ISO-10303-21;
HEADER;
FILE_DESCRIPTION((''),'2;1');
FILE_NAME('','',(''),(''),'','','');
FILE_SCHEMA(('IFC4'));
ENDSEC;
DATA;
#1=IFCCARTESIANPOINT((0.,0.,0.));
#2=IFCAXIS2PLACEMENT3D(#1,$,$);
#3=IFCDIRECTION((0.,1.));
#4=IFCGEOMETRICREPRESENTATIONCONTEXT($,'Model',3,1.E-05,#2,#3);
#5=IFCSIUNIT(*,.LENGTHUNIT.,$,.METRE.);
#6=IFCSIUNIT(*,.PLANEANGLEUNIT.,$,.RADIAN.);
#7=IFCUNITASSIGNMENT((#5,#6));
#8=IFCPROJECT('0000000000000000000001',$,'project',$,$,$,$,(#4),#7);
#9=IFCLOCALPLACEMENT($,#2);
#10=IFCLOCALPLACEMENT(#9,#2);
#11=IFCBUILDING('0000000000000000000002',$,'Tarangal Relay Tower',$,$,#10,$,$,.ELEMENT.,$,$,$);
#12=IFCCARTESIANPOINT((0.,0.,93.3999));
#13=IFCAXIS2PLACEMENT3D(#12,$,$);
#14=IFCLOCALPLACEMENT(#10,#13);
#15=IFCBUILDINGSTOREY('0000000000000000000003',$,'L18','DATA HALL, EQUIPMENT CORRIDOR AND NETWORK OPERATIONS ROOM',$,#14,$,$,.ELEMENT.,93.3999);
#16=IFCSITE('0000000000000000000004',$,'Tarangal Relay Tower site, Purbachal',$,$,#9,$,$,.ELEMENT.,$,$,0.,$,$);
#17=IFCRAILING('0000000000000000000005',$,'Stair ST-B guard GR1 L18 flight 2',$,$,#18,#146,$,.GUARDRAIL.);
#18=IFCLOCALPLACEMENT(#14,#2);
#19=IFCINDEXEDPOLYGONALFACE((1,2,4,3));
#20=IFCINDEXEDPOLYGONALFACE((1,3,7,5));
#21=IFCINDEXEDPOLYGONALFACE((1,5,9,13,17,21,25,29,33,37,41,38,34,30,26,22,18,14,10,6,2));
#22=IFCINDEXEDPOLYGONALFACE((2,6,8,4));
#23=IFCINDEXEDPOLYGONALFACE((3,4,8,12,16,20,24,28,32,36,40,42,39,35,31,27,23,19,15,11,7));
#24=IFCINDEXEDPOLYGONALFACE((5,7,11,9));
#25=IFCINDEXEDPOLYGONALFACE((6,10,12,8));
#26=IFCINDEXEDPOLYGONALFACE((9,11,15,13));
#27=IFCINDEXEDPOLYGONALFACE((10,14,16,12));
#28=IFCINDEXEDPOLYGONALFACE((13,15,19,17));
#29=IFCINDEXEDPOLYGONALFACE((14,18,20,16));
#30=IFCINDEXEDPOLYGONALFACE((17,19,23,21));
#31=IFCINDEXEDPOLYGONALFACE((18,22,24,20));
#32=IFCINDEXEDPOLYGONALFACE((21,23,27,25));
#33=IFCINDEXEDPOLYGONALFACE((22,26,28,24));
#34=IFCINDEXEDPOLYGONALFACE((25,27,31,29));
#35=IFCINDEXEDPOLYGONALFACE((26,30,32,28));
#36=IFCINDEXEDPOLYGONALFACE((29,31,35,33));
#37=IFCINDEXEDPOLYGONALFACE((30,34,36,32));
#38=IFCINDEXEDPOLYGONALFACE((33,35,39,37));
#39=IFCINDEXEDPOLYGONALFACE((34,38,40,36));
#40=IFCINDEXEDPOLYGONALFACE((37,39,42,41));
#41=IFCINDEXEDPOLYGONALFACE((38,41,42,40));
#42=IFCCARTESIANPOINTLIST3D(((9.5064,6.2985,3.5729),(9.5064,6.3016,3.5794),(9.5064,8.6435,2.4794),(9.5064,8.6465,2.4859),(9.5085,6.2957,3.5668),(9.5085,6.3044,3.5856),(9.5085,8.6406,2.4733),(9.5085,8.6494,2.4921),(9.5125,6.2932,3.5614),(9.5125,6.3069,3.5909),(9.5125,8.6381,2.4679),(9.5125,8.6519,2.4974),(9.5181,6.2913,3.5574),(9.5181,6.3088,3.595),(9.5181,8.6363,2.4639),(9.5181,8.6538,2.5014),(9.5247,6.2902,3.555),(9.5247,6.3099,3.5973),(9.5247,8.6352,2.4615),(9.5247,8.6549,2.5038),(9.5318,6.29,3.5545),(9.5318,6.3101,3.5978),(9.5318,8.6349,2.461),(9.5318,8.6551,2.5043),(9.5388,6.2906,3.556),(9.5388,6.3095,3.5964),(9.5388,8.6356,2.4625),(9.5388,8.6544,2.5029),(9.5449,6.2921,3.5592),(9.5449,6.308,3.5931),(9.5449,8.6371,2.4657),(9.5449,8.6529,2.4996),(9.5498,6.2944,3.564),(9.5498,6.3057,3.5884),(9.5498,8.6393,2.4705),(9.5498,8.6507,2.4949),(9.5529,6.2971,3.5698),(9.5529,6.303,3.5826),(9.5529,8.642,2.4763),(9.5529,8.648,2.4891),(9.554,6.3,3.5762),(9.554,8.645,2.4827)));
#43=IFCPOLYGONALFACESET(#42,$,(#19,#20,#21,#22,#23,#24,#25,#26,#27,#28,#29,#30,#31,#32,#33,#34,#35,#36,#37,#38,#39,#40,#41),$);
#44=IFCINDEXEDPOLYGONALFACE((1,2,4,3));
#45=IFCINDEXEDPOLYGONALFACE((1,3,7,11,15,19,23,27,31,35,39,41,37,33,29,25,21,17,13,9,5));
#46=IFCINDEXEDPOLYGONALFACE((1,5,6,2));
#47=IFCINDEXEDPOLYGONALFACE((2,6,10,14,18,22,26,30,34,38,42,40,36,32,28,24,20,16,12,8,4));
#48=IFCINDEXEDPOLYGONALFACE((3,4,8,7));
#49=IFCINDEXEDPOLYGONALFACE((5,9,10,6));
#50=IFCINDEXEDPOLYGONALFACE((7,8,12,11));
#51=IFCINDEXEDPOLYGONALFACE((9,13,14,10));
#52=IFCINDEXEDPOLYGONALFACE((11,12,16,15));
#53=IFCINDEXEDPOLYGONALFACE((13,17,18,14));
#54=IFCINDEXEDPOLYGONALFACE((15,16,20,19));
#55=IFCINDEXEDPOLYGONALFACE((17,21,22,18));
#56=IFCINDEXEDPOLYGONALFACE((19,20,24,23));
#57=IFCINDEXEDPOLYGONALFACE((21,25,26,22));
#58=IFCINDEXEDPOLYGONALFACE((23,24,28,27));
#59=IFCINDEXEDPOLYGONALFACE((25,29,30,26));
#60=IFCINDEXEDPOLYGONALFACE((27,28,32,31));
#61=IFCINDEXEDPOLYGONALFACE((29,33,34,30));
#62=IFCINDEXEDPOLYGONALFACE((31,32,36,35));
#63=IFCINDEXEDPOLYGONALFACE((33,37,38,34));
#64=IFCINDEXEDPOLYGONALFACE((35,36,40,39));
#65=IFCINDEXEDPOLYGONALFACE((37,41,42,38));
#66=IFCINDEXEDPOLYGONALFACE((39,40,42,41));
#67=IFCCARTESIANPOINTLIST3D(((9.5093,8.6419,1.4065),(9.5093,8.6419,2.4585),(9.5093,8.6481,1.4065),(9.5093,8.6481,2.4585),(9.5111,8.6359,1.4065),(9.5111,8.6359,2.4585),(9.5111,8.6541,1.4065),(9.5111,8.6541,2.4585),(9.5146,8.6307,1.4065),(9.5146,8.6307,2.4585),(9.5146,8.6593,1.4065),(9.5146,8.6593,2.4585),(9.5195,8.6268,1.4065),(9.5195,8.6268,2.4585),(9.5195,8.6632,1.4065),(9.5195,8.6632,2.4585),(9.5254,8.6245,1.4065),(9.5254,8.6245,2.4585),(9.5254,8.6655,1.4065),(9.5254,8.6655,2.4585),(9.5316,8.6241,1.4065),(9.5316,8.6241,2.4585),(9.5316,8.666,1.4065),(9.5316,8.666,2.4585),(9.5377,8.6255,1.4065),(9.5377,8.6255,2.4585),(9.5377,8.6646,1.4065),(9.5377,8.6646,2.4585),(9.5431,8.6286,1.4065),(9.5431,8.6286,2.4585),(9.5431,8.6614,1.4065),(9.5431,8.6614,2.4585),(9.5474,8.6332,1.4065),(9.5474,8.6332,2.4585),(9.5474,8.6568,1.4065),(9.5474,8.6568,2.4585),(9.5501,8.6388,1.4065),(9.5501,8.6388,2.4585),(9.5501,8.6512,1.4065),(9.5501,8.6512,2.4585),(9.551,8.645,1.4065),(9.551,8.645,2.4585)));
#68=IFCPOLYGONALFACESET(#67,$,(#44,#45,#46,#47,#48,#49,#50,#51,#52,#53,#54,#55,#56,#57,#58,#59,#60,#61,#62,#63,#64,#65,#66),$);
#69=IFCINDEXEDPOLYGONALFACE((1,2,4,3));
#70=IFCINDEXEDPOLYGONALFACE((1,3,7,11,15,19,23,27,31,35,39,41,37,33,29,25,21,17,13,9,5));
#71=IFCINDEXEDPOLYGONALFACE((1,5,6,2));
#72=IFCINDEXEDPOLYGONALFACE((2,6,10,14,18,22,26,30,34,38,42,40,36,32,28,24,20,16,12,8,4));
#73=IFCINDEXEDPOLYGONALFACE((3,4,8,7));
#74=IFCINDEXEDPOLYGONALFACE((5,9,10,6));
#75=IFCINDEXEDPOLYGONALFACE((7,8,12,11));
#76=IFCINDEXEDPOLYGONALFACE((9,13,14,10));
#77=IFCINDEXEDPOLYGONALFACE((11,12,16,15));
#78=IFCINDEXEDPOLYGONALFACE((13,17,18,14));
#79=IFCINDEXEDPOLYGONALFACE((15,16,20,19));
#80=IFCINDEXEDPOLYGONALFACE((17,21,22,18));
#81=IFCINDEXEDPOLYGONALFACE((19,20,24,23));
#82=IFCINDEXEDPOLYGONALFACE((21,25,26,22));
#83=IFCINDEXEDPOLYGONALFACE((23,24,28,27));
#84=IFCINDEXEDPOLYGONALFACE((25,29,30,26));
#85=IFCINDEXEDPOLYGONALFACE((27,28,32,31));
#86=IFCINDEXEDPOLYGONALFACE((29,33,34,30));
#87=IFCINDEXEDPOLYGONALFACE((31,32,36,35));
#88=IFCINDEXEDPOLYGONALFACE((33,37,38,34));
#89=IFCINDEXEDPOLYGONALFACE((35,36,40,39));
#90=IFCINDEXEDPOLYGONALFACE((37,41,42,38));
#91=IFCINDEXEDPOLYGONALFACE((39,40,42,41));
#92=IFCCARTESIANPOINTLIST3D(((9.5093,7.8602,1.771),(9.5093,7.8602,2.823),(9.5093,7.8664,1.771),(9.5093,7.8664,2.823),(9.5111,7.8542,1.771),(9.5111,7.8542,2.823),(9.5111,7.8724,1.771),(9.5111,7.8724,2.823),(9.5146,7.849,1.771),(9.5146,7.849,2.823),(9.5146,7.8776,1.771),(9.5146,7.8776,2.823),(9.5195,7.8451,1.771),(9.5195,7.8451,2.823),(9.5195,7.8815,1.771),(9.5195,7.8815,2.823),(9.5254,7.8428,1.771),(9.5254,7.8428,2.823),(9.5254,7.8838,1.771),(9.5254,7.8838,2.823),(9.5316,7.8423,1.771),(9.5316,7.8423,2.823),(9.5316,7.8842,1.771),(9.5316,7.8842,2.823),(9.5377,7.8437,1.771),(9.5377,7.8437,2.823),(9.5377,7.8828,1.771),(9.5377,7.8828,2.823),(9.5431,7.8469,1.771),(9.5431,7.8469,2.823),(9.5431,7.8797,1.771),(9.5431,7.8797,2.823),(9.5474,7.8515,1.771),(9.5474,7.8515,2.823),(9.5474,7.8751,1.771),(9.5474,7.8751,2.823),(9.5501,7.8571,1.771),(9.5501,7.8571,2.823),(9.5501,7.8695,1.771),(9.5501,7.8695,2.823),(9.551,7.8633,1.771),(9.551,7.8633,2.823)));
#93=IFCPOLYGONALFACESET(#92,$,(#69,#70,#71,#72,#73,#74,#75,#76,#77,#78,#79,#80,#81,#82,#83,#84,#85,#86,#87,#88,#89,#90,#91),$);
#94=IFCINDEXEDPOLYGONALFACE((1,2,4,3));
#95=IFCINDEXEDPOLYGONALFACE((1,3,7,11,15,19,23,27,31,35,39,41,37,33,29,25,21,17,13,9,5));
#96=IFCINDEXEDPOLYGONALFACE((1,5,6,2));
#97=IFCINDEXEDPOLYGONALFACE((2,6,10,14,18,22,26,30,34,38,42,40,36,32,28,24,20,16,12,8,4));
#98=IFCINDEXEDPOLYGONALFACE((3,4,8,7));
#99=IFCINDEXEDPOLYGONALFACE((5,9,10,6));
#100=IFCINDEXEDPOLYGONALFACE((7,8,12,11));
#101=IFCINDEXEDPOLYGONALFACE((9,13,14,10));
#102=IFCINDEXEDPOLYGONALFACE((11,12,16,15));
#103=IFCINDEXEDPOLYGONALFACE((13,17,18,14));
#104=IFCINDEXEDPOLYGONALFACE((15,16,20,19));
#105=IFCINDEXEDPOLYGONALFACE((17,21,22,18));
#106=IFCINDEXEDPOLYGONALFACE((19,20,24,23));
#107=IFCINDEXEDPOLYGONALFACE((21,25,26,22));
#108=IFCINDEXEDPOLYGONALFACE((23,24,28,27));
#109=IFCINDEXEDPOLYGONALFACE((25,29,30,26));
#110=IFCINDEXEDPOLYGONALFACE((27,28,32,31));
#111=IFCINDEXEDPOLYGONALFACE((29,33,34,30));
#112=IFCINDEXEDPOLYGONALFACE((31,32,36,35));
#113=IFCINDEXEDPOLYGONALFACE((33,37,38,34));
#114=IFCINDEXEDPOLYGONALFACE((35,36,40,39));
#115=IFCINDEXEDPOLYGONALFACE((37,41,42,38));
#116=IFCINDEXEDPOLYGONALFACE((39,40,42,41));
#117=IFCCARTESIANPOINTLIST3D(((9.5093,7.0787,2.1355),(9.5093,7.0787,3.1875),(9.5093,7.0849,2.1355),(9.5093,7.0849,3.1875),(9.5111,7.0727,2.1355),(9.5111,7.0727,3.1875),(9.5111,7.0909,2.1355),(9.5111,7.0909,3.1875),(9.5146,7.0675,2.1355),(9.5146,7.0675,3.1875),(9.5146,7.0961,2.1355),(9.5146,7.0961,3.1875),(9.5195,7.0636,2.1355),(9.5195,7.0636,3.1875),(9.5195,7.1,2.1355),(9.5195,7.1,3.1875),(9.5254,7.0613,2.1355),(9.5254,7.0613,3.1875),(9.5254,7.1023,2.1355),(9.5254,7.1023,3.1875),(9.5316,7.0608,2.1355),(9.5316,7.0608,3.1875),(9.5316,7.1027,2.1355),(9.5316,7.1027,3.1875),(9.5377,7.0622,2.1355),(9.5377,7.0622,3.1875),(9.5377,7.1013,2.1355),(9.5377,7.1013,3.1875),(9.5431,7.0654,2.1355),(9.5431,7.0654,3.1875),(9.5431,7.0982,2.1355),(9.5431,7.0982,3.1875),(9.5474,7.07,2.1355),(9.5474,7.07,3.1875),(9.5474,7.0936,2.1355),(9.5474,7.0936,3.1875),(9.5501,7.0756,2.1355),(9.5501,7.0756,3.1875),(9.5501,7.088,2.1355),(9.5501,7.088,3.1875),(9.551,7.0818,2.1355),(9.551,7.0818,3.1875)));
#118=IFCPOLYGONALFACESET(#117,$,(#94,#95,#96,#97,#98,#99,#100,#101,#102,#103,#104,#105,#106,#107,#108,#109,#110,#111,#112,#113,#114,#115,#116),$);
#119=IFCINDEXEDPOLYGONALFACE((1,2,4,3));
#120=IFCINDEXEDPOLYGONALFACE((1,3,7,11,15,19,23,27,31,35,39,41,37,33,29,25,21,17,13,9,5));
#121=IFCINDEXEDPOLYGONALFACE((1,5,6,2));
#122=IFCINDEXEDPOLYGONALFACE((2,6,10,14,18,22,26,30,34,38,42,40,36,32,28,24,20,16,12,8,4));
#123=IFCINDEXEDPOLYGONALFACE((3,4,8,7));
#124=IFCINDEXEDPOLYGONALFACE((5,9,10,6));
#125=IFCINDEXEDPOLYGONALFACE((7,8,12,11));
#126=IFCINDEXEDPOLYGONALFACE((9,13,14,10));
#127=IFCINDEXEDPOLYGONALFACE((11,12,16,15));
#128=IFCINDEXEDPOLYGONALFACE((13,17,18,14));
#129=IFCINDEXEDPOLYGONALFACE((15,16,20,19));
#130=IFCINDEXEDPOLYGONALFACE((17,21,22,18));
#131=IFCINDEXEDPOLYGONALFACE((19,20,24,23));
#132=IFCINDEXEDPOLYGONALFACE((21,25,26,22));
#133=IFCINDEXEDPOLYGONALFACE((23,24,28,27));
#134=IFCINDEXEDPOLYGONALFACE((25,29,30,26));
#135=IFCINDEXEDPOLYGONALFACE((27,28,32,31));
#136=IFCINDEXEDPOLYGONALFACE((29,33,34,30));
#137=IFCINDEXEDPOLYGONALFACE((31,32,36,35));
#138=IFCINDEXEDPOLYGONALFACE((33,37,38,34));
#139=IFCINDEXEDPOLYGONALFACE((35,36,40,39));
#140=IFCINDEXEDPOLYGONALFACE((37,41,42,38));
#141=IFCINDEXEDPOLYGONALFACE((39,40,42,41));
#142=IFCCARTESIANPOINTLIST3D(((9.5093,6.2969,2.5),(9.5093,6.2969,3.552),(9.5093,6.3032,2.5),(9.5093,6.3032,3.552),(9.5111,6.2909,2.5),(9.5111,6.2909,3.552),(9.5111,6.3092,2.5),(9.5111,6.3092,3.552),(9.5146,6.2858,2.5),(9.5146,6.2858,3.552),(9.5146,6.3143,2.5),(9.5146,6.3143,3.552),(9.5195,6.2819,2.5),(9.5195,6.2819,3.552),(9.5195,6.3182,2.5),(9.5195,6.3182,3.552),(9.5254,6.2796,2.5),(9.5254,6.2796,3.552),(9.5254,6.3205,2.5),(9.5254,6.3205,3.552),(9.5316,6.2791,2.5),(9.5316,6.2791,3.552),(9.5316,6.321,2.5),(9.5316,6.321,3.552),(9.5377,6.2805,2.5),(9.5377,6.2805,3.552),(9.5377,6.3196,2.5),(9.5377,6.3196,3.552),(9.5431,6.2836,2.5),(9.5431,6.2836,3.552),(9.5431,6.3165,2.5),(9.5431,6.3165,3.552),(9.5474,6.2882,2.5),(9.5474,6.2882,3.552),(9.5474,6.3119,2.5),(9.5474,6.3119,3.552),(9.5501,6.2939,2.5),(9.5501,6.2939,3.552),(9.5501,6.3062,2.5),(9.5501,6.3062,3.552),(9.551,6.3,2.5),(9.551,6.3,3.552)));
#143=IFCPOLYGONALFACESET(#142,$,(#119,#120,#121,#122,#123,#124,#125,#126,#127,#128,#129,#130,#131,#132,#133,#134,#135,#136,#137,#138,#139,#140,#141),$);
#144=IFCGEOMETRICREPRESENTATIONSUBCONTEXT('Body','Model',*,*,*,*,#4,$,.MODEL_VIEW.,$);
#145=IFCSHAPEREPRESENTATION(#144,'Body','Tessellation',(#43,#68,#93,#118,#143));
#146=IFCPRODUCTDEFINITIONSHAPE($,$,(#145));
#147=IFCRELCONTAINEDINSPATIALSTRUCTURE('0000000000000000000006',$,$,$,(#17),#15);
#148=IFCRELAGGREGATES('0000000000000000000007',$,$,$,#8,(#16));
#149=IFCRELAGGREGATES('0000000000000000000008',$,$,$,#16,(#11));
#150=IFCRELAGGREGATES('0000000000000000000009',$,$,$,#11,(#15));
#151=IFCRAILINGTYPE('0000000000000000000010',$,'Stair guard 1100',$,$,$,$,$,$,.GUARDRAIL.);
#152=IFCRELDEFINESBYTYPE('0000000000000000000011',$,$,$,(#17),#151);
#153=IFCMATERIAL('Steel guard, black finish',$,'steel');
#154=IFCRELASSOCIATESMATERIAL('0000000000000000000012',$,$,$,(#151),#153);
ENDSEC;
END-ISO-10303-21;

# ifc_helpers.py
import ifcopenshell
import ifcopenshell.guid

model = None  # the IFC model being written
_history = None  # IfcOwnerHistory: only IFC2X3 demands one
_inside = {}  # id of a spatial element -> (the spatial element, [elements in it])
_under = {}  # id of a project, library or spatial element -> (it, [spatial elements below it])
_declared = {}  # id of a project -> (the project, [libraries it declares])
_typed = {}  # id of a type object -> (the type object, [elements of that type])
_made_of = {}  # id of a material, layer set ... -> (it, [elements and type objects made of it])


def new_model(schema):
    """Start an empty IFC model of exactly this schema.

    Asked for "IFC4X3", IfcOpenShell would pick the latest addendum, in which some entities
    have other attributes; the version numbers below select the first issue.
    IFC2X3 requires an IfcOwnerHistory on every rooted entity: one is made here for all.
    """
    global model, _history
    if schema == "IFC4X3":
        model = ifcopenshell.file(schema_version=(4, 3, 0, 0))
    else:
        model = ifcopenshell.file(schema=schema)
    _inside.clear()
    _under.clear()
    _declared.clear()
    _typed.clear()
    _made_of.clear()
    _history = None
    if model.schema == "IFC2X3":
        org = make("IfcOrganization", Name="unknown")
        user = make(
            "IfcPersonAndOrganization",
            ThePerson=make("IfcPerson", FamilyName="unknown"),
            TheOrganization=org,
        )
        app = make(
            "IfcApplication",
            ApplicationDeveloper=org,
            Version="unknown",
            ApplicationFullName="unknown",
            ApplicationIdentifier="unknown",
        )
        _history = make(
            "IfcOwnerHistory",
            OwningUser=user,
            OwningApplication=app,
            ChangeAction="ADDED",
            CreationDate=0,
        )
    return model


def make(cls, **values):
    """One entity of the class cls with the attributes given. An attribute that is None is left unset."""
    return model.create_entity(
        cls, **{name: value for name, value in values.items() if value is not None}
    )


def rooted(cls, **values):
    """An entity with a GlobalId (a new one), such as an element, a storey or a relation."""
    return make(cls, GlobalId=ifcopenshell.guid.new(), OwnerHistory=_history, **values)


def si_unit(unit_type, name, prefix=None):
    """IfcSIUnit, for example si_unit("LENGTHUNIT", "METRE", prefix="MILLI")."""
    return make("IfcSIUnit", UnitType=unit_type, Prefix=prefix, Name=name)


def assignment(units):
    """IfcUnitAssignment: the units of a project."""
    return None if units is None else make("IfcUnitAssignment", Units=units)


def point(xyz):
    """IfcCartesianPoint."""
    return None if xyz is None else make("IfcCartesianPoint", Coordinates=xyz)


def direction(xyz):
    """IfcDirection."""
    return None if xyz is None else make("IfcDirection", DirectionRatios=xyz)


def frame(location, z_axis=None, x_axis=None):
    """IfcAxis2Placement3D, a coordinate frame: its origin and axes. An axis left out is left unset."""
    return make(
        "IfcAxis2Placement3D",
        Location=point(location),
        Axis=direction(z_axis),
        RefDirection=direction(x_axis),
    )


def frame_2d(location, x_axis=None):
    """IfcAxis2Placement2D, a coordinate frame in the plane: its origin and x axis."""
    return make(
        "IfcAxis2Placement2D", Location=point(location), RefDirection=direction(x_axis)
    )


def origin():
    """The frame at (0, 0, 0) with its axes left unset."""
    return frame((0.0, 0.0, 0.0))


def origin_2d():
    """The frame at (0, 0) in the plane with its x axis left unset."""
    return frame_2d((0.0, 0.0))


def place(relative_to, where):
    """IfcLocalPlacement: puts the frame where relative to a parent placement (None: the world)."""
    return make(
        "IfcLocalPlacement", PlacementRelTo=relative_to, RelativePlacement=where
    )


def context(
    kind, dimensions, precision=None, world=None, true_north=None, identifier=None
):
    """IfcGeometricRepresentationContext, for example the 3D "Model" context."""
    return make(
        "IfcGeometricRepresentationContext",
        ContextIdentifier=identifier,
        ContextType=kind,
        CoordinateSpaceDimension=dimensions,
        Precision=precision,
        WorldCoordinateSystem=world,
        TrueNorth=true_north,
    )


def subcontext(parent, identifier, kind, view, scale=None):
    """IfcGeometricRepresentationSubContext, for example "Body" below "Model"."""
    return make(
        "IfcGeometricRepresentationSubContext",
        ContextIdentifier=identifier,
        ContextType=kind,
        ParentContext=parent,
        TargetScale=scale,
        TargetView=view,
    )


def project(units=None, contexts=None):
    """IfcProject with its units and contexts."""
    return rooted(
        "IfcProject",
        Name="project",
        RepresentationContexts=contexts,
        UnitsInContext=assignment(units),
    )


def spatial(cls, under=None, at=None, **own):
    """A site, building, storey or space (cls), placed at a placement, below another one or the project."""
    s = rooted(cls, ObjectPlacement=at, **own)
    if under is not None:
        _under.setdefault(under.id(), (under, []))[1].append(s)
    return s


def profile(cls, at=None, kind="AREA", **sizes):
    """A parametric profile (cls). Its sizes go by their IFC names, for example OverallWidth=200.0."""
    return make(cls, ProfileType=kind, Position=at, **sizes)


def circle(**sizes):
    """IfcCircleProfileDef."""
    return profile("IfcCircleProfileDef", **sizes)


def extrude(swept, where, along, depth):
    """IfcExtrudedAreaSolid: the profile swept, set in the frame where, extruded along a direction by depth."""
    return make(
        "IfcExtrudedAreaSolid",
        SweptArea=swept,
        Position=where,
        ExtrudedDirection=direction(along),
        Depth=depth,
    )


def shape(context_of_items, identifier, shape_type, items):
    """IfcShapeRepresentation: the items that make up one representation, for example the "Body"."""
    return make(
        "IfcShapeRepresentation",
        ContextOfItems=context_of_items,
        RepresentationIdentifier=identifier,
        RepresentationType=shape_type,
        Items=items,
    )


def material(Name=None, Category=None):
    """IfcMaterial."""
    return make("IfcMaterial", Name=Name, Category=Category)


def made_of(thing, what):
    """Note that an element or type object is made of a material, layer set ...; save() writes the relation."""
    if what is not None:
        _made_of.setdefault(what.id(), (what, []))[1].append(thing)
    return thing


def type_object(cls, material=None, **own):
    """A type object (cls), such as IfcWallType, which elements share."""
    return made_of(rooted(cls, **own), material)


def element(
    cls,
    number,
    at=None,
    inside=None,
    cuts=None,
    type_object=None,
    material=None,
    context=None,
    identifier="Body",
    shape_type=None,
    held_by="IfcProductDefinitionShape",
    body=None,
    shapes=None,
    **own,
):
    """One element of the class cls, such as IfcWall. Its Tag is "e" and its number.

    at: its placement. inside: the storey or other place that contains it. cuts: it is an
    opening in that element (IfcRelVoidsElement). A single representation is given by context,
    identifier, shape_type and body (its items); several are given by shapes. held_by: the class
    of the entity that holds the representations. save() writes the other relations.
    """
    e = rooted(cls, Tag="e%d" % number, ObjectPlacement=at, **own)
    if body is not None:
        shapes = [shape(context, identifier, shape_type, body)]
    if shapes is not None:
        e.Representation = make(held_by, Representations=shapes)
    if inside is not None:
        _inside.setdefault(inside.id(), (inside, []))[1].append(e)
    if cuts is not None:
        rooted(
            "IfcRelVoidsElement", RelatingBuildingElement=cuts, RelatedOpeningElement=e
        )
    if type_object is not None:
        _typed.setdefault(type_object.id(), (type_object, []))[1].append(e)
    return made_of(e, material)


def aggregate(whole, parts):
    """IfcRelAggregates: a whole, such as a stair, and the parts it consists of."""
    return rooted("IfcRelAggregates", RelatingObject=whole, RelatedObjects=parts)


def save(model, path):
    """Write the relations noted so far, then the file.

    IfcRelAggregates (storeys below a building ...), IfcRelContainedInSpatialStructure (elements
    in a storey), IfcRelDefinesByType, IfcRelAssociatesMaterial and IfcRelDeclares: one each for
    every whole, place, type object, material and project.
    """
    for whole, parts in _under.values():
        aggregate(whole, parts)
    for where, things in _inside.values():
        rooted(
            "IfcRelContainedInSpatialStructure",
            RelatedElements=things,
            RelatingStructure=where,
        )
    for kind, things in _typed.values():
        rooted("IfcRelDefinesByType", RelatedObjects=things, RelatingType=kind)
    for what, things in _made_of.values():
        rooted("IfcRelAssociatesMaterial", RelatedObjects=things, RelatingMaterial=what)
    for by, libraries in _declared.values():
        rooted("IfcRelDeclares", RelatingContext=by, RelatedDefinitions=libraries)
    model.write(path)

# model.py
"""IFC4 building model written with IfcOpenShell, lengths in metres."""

from ifc_helpers import new_model, si_unit, direction, frame, origin, origin_2d, place, context, subcontext, project, spatial, circle, extrude, material, type_object, element, save


model = new_model("IFC4")

# Units and contexts
model_context = context("Model", 3, precision=1e-05, world=origin(), true_north=direction((0.0, 1.0)))
body_context = subcontext(model_context, "Body", "Model", "MODEL_VIEW")
ifc_project = project(units=[si_unit("LENGTHUNIT", "METRE"), si_unit("PLANEANGLEUNIT", "RADIAN")], contexts=[model_context])

# Site, building, storey
site_placement = place(None, origin())
site = spatial("IfcSite", under=ifc_project, at=site_placement, Name="Tarangal Relay Tower site, Purbachal", CompositionType="ELEMENT", RefElevation=0.0)
building_placement = place(site_placement, origin())
building = spatial("IfcBuilding", under=site, at=building_placement, Name="Tarangal Relay Tower", CompositionType="ELEMENT")
storey_placement = place(building_placement, frame((0.0, 0.0, 93.3999)))
storey = spatial("IfcBuildingStorey", under=building, at=storey_placement, Name="L18", Description="DATA HALL, EQUIPMENT CORRIDOR AND NETWORK OPERATIONS ROOM", CompositionType="ELEMENT", Elevation=93.3999)

# Railing
ifc_material_1 = material(Name="Steel guard, black finish", Category="steel")
railing_type_1 = type_object("IfcRailingType", Name="Stair guard 1100", PredefinedType="GUARDRAIL", material=ifc_material_1)
railing_1_placement = place(storey_placement, frame((9.53, 8.645, 1.4065)))
element("IfcRailing", 1, at=railing_1_placement, inside=storey, type_object=railing_type_1, Name="Stair ST-B guard GR1 L18 flight 2", PredefinedType="GUARDRAIL", context=body_context, shape_type="SweptSolid", body=[
    extrude(circle(Radius=0.0239, at=origin_2d()), frame((0.0, 0.0, 1.0762), z_axis=(0.0, -0.906304, 0.422627), x_axis=(1.0, 0.0, 0.0)), (0.0, 0.0, 1.0), 2.5874),
    extrude(circle(Radius=0.021, at=origin_2d()), origin(), (0.0, 0.0, 1.0), 1.052),
    extrude(circle(Radius=0.021, at=origin_2d()), frame((0.0, -0.7817, 0.3645)), (0.0, 0.0, 1.0), 1.052),
    extrude(circle(Radius=0.021, at=origin_2d()), frame((0.0, -1.5632, 0.729)), (0.0, 0.0, 1.0), 1.052),
    extrude(circle(Radius=0.021, at=origin_2d()), frame((0.0, -2.345, 1.0935)), (0.0, 0.0, 1.0), 1.052),
])

save(model, "model.ifc")
